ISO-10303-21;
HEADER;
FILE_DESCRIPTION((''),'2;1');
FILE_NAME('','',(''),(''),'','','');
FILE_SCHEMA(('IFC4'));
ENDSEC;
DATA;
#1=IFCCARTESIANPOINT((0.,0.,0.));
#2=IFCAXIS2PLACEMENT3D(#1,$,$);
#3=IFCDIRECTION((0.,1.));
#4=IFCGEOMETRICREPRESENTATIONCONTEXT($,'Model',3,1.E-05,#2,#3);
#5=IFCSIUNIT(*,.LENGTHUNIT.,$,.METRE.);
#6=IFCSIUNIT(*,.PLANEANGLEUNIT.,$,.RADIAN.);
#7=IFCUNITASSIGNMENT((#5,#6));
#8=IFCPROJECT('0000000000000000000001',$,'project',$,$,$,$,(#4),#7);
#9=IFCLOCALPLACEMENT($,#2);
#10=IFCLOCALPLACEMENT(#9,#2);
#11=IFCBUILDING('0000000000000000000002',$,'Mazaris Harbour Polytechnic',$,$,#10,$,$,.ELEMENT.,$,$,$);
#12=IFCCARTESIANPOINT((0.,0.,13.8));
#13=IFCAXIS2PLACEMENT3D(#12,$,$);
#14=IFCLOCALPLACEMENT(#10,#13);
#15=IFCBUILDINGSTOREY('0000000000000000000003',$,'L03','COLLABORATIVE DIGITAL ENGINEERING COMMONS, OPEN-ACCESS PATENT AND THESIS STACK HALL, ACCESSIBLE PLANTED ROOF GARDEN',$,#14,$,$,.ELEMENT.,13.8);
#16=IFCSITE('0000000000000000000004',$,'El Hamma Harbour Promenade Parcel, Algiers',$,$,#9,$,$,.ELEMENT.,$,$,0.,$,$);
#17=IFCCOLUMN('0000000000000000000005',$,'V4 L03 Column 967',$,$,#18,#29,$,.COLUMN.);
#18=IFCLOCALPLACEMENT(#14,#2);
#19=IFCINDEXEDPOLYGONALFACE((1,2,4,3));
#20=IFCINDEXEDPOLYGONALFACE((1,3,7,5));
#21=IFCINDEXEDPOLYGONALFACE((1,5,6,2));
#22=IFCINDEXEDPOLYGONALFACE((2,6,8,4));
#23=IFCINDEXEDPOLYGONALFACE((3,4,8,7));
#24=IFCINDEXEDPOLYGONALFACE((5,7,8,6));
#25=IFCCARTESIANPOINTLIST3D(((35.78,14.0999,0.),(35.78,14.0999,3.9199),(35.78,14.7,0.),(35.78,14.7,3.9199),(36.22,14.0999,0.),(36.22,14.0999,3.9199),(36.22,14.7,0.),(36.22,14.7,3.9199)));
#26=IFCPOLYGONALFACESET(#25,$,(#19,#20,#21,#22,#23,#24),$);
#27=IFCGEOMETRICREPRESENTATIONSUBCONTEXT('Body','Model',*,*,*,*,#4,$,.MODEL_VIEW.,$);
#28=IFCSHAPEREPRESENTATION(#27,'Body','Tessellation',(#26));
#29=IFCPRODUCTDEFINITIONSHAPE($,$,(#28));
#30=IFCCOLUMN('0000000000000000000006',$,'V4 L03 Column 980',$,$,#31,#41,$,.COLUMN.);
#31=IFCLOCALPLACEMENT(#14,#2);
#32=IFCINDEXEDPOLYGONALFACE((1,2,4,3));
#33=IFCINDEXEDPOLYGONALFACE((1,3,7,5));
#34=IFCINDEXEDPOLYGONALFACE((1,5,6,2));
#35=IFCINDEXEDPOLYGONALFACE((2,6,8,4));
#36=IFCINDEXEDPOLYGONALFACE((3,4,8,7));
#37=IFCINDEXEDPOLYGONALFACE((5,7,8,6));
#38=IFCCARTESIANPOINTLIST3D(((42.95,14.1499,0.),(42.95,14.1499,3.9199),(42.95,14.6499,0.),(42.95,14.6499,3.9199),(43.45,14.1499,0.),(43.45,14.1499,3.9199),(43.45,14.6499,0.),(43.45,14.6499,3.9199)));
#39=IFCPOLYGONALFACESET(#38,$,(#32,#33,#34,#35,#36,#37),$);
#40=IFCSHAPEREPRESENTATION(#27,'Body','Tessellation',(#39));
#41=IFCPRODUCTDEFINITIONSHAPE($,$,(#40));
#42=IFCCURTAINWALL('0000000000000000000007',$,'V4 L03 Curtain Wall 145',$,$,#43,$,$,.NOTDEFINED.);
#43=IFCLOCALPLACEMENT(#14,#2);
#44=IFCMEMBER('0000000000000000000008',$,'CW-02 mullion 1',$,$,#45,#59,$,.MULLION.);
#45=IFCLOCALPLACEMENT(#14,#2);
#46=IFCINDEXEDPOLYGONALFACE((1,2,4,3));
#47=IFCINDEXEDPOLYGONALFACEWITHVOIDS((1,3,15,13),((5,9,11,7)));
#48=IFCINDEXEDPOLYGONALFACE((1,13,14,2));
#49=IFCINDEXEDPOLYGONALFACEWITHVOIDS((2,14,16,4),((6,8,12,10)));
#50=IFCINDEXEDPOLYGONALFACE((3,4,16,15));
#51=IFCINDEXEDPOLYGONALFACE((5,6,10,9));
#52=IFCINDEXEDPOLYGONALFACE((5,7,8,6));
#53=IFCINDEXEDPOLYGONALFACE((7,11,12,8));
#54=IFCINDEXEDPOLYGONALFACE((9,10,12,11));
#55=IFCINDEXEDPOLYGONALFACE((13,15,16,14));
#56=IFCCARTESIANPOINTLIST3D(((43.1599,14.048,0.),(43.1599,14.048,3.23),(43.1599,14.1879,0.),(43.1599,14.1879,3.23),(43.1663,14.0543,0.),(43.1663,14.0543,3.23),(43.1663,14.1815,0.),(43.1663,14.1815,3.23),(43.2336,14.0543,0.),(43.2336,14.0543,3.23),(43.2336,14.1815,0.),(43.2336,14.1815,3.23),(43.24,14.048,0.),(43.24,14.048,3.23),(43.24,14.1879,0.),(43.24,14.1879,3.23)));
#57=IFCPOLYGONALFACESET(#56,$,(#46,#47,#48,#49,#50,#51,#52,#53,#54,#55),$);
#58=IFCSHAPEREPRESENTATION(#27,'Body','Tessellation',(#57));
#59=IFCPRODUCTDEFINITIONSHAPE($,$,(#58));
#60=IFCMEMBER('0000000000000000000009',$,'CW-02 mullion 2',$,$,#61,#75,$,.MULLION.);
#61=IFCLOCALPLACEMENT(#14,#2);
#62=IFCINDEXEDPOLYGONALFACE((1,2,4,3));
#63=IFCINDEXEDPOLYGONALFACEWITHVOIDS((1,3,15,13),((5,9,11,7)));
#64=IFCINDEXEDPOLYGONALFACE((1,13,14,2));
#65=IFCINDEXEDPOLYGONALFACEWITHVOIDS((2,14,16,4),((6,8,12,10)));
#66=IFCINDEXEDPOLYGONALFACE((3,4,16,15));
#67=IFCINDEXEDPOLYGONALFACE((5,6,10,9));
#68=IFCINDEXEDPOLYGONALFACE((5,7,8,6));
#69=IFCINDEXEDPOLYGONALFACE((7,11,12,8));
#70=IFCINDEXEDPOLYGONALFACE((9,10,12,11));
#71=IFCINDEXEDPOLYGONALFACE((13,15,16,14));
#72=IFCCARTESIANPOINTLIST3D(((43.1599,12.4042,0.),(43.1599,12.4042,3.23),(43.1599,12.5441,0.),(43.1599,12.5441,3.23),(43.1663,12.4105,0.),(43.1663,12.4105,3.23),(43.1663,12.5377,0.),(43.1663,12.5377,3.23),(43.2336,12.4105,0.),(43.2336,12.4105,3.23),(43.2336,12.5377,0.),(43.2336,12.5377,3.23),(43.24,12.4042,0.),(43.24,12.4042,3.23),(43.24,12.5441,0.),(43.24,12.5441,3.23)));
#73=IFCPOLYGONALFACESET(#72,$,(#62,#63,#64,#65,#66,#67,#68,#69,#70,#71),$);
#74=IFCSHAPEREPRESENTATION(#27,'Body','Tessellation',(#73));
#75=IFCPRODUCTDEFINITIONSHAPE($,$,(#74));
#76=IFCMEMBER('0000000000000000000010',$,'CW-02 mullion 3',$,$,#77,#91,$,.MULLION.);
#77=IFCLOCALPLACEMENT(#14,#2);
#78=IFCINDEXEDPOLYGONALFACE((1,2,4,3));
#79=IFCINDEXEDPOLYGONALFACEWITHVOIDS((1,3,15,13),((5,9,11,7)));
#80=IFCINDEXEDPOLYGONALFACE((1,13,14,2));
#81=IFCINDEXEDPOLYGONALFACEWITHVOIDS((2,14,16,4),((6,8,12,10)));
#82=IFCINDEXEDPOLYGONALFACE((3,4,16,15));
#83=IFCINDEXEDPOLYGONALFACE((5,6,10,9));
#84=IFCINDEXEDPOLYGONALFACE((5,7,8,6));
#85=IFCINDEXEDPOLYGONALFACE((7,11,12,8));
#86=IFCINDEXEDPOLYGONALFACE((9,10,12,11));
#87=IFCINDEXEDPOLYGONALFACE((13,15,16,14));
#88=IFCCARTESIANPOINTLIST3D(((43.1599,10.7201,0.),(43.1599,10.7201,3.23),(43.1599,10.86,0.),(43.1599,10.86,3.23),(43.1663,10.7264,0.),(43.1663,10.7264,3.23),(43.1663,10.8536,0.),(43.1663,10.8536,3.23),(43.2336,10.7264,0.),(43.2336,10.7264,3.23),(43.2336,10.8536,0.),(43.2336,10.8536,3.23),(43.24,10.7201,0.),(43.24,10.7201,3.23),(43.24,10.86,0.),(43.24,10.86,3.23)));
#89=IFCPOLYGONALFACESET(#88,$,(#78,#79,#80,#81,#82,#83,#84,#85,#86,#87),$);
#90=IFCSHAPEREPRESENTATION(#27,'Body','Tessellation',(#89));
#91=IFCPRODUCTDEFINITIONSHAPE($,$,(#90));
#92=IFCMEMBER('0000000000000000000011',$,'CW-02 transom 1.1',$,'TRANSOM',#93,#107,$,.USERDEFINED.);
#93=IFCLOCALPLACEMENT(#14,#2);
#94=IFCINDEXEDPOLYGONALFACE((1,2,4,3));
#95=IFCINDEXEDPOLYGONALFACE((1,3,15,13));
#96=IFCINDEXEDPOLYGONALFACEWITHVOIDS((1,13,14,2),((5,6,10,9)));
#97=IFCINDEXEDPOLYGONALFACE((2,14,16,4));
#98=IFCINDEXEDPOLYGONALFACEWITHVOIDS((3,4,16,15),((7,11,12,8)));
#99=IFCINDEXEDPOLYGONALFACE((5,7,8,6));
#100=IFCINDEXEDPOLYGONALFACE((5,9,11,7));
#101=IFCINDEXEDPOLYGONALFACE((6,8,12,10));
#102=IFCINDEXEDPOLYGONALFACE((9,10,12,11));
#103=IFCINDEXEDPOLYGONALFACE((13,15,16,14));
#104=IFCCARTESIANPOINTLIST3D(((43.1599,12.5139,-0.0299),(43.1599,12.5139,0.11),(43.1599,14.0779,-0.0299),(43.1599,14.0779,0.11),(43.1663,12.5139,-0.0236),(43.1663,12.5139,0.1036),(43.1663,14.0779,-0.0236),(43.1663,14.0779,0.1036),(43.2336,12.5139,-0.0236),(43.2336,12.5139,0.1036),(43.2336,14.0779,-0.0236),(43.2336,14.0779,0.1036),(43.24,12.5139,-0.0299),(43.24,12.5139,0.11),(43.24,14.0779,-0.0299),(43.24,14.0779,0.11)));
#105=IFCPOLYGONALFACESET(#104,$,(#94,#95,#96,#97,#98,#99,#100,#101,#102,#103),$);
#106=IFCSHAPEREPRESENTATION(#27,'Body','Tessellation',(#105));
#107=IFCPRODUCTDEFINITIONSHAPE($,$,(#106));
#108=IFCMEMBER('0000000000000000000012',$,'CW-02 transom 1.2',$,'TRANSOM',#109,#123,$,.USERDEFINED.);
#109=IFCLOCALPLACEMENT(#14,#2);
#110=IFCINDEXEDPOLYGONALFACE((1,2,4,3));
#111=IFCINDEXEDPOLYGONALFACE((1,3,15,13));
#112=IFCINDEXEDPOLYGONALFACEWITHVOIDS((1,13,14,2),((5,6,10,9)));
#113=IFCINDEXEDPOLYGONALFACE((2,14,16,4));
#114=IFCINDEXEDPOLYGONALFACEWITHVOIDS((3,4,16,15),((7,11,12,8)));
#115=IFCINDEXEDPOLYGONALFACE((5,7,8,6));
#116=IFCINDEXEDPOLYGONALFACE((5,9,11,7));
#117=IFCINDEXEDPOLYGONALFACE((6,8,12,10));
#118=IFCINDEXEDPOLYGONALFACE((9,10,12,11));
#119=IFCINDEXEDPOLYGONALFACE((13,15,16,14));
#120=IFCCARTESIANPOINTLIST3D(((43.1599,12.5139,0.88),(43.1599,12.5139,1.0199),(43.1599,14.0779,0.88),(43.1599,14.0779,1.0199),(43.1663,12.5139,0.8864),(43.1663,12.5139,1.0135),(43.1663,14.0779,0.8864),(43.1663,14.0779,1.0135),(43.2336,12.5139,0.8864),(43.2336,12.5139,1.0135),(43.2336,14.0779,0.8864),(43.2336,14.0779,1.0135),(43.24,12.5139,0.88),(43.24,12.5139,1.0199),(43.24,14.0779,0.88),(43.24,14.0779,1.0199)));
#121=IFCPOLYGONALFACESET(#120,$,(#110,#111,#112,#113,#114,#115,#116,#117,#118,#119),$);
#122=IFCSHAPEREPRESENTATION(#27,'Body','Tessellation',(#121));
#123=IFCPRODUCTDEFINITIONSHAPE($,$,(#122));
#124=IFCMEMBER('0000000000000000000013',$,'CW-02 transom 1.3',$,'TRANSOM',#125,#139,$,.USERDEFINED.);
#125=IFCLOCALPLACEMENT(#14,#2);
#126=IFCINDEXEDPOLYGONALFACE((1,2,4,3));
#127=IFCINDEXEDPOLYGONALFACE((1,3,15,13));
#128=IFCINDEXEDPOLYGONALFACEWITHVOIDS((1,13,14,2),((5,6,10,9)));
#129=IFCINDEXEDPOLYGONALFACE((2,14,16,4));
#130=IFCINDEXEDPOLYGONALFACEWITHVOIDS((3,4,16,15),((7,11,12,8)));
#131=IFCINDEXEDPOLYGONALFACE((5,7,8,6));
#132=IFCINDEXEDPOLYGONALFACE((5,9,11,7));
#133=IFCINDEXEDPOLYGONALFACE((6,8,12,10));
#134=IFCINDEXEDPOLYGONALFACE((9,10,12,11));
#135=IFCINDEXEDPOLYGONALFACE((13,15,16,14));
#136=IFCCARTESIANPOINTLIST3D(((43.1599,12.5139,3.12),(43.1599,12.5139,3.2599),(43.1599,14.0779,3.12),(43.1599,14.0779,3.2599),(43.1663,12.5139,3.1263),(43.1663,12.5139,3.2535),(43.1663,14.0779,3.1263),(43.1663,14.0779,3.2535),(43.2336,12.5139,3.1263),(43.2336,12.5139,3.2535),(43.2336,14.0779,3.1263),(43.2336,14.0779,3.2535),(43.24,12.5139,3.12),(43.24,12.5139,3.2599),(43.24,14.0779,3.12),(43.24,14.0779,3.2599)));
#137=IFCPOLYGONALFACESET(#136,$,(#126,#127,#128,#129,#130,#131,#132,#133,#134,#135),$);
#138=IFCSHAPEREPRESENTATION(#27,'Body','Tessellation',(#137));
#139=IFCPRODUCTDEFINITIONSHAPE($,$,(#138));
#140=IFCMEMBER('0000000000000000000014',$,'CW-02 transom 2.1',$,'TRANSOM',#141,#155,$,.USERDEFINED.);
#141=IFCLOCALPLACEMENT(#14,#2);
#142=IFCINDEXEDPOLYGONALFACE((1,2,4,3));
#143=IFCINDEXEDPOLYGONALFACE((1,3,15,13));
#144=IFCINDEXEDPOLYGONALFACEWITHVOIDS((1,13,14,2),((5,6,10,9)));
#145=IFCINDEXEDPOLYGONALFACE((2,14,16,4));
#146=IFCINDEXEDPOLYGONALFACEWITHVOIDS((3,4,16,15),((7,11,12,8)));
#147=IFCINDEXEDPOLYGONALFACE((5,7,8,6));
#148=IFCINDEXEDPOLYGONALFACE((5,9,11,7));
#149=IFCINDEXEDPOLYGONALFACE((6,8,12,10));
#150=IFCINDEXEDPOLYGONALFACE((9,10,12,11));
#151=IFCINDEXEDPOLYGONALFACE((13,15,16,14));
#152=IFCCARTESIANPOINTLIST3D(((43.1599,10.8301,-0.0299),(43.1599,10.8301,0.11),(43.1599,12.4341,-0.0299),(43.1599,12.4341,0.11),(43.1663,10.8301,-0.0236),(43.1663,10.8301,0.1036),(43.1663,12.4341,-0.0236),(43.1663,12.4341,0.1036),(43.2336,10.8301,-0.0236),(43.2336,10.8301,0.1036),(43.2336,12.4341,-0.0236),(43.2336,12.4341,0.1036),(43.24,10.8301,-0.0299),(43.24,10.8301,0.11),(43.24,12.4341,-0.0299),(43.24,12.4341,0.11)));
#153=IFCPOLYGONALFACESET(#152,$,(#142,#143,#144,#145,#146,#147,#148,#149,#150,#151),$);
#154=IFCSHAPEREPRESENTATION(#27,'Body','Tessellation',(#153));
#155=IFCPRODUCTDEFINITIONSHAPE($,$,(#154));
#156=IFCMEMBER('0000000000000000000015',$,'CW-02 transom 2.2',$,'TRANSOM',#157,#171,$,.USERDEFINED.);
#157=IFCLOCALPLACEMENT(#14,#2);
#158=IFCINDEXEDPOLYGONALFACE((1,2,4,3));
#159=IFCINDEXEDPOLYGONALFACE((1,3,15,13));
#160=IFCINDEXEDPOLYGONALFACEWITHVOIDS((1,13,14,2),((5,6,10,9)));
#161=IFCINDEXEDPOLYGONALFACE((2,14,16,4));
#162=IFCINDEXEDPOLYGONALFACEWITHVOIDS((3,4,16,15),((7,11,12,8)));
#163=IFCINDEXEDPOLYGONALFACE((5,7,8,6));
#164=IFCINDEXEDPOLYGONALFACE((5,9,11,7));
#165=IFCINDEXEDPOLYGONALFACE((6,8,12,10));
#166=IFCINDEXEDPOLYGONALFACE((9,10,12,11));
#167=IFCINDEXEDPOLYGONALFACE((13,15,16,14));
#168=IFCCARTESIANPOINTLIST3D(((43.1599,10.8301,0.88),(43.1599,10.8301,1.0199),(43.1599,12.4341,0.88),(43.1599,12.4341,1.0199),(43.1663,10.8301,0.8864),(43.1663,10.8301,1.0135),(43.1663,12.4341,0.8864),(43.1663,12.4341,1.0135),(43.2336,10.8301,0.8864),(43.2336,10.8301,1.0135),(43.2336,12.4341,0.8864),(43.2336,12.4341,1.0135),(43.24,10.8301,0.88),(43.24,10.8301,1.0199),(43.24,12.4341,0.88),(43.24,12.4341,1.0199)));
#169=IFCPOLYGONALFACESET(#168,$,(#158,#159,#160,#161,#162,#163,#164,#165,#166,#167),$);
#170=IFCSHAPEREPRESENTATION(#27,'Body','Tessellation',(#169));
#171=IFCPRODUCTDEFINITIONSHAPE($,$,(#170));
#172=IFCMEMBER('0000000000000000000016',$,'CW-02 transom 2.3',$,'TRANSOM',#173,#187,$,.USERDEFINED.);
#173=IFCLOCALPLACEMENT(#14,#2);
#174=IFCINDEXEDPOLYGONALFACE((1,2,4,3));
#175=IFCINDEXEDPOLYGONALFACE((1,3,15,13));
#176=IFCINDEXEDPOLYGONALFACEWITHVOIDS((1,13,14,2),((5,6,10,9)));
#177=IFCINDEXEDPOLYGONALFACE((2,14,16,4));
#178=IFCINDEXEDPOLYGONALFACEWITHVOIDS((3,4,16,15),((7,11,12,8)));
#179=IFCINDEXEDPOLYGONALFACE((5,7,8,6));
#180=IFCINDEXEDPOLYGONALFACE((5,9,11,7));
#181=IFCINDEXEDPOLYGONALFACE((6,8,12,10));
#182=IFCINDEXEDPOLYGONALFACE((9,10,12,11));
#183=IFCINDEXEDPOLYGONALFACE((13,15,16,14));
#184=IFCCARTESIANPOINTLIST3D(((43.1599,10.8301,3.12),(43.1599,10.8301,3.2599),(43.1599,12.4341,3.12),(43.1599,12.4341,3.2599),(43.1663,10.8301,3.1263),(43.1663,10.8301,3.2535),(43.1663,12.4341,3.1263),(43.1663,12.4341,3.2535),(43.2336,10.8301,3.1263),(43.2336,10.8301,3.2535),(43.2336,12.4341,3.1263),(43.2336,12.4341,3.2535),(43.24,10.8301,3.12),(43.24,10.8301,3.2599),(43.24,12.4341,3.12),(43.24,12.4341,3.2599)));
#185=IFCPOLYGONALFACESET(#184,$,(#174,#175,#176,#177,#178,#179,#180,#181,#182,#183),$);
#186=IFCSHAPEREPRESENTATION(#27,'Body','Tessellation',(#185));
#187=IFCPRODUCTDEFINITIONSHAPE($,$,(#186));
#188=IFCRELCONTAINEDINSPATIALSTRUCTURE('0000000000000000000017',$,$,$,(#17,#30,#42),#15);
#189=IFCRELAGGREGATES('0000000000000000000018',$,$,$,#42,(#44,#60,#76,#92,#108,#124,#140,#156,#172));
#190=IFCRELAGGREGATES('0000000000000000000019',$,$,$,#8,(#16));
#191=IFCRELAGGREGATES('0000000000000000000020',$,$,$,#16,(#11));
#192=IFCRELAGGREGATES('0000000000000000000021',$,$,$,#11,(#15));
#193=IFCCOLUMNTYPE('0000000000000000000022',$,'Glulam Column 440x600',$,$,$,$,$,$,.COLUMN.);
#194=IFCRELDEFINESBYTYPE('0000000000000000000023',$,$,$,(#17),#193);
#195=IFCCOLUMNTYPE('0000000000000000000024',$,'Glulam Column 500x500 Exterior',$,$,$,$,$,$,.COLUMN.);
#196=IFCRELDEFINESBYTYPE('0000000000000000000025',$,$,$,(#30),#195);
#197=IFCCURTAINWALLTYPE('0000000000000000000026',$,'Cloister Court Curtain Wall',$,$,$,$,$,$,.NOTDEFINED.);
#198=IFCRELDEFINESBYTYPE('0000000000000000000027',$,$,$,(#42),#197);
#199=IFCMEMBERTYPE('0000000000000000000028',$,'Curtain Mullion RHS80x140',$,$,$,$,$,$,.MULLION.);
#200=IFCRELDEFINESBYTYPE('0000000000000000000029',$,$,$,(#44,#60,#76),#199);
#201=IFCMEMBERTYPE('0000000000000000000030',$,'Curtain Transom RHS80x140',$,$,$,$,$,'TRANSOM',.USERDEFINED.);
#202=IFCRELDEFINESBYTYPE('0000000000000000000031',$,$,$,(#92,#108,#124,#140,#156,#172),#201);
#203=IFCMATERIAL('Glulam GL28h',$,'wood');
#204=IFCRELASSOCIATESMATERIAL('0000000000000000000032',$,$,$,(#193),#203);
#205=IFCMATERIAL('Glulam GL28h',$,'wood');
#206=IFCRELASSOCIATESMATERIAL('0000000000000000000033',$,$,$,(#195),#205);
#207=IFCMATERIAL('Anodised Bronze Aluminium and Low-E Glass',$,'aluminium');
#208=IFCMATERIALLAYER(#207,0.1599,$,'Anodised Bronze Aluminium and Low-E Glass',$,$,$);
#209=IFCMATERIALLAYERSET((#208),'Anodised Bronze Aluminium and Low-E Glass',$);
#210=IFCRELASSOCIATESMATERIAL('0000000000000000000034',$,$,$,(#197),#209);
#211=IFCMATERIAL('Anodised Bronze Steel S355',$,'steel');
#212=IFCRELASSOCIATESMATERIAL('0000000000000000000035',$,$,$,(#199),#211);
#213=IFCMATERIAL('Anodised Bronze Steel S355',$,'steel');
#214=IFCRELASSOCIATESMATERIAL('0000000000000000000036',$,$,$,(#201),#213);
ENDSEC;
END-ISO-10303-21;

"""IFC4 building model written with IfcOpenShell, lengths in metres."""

from ifc_helpers import new_model, si_unit, direction, frame, origin, origin_2d, place, context, subcontext, project, spatial, rectangle, hollow_rectangle, extrude, material, layer, layer_set, material_profile, profile_set, type_object, element, aggregate, save


model = new_model("IFC4")

# Units and contexts
model_context = context("Model", 3, precision=1e-05, world=origin(), true_north=direction((0.0, 1.0)))
body_context = subcontext(model_context, "Body", "Model", "MODEL_VIEW")
ifc_project = project(units=[si_unit("LENGTHUNIT", "METRE"), si_unit("PLANEANGLEUNIT", "RADIAN")], contexts=[model_context])

# Site, building, storey
site_placement = place(None, origin())
site = spatial("IfcSite", under=ifc_project, at=site_placement, Name="El Hamma Harbour Promenade Parcel, Algiers", CompositionType="ELEMENT", RefElevation=0.0)
building_placement = place(site_placement, origin())
building = spatial("IfcBuilding", under=site, at=building_placement, Name="Mazaris Harbour Polytechnic", CompositionType="ELEMENT")
storey_placement = place(building_placement, frame((0.0, 0.0, 13.8)))
storey = spatial("IfcBuildingStorey", under=building, at=storey_placement, Name="L03", Description="COLLABORATIVE DIGITAL ENGINEERING COMMONS, OPEN-ACCESS PATENT AND THESIS STACK HALL, ACCESSIBLE PLANTED ROOF GARDEN", CompositionType="ELEMENT", Elevation=13.8)

# Columns
ifc_material_1 = material(Name="Glulam GL28h", Category="wood")
ifc_material_profile_1 = material_profile(ifc_material_1, rectangle(XDim=0.4399, YDim=0.6001, at=origin_2d()), Name="RECT440x600")
ifc_profile_set_1 = profile_set([ifc_material_profile_1], Name="Glulam GL28h")
column_type_1 = type_object("IfcColumnType", Name="Glulam Column 440x600", PredefinedType="COLUMN", material=ifc_profile_set_1)
column_1_placement = place(storey_placement, frame((36.0, 14.3999, 0.0), z_axis=(0.0, 0.0, 1.0), x_axis=(1.0, 0.0, 0.0)))
element("IfcColumn", 1, at=column_1_placement, inside=storey, type_object=column_type_1, Name="V4 L03 Column 967", PredefinedType="COLUMN", context=body_context, shape_type="SweptSolid", body=[
    extrude(rectangle(XDim=0.4399, YDim=0.6001, at=origin_2d()), origin(), (0.0, 0.0, 1.0), 3.9199),
])
ifc_material_2 = material(Name="Glulam GL28h", Category="wood")
ifc_material_profile_2 = material_profile(ifc_material_2, rectangle(XDim=0.5, YDim=0.5, at=origin_2d()), Name="RECT500x500")
ifc_profile_set_2 = profile_set([ifc_material_profile_2], Name="Glulam GL28h")
column_type_2 = type_object("IfcColumnType", Name="Glulam Column 500x500 Exterior", PredefinedType="COLUMN", material=ifc_profile_set_2)
column_2_placement = place(storey_placement, frame((43.2, 14.3999, 0.0), z_axis=(0.0, 0.0, 1.0), x_axis=(1.0, 0.0, 0.0)))
element("IfcColumn", 2, at=column_2_placement, inside=storey, type_object=column_type_2, Name="V4 L03 Column 980", PredefinedType="COLUMN", context=body_context, shape_type="SweptSolid", body=[
    extrude(rectangle(XDim=0.5, YDim=0.5, at=origin_2d()), origin(), (0.0, 0.0, 1.0), 3.9199),
])

# Curtain wall, members
ifc_material_3 = material(Name="Anodised Bronze Aluminium and Low-E Glass", Category="aluminium")
ifc_layer_1 = layer(ifc_material_3, 0.1599, Name="Anodised Bronze Aluminium and Low-E Glass")
ifc_layer_set_1 = layer_set([ifc_layer_1], Name="Anodised Bronze Aluminium and Low-E Glass")
curtain_wall_type = type_object("IfcCurtainWallType", Name="Cloister Court Curtain Wall", PredefinedType="NOTDEFINED", material=ifc_layer_set_1)
curtain_wall_placement = place(storey_placement, origin())
curtain_wall = element("IfcCurtainWall", 3, at=curtain_wall_placement, inside=storey, type_object=curtain_wall_type, Name="V4 L03 Curtain Wall 145", PredefinedType="NOTDEFINED")
ifc_material_4 = material(Name="Anodised Bronze Steel S355", Category="steel")
ifc_material_profile_3 = material_profile(ifc_material_4, hollow_rectangle(XDim=0.0801, YDim=0.1399, WallThickness=0.0063, at=origin_2d()), Name="RHS 80x140x6.3")
ifc_profile_set_3 = profile_set([ifc_material_profile_3], Name="Anodised Bronze Steel S355")
member_type_1 = type_object("IfcMemberType", Name="Curtain Mullion RHS80x140", PredefinedType="MULLION", material=ifc_profile_set_3)
member_1_placement = place(storey_placement, frame((43.2, 14.1179, 0.0), z_axis=(0.0, 0.0, 1.0), x_axis=(1.0, 0.0, 0.0)))
member_1 = element("IfcMember", 4, at=member_1_placement, type_object=member_type_1, Name="CW-02 mullion 1", PredefinedType="MULLION", context=body_context, shape_type="SweptSolid", body=[
    extrude(hollow_rectangle(XDim=0.0801, YDim=0.1399, WallThickness=0.0063, at=origin_2d()), origin(), (0.0, 0.0, 1.0), 3.23),
])
member_2_placement = place(storey_placement, frame((43.2, 12.4741, 0.0), z_axis=(0.0, 0.0, 1.0), x_axis=(1.0, 0.0, 0.0)))
member_2 = element("IfcMember", 5, at=member_2_placement, type_object=member_type_1, Name="CW-02 mullion 2", PredefinedType="MULLION", context=body_context, shape_type="SweptSolid", body=[
    extrude(hollow_rectangle(XDim=0.0801, YDim=0.1399, WallThickness=0.0063, at=origin_2d()), origin(), (0.0, 0.0, 1.0), 3.23),
])
member_3_placement = place(storey_placement, frame((43.2, 10.79, 0.0), z_axis=(0.0, 0.0, 1.0), x_axis=(1.0, 0.0, 0.0)))
member_3 = element("IfcMember", 6, at=member_3_placement, type_object=member_type_1, Name="CW-02 mullion 3", PredefinedType="MULLION", context=body_context, shape_type="SweptSolid", body=[
    extrude(hollow_rectangle(XDim=0.0801, YDim=0.1399, WallThickness=0.0063, at=origin_2d()), origin(), (0.0, 0.0, 1.0), 3.23),
])
ifc_material_5 = material(Name="Anodised Bronze Steel S355", Category="steel")
ifc_material_profile_4 = material_profile(ifc_material_5, hollow_rectangle(XDim=0.0801, YDim=0.1399, WallThickness=0.0063, at=origin_2d()), Name="RHS 80x140x6.3")
ifc_profile_set_4 = profile_set([ifc_material_profile_4], Name="Anodised Bronze Steel S355")
member_type_2 = type_object("IfcMemberType", Name="Curtain Transom RHS80x140", ElementType="TRANSOM", PredefinedType="USERDEFINED", material=ifc_profile_set_4)
member_4_placement = place(storey_placement, frame((43.2, 14.0779, 0.04), z_axis=(0.0, -1.0, 0.0), x_axis=(1.0, 0.0, 0.0)))
member_4 = element("IfcMember", 7, at=member_4_placement, type_object=member_type_2, Name="CW-02 transom 1.1", ObjectType="TRANSOM", PredefinedType="USERDEFINED", context=body_context, shape_type="SweptSolid", body=[
    extrude(hollow_rectangle(XDim=0.0801, YDim=0.1399, WallThickness=0.0063, at=origin_2d()), origin(), (0.0, 0.0, 1.0), 1.564),
])
member_5_placement = place(storey_placement, frame((43.2, 14.0779, 0.95), z_axis=(0.0, -1.0, 0.0), x_axis=(1.0, 0.0, 0.0)))
member_5 = element("IfcMember", 8, at=member_5_placement, type_object=member_type_2, Name="CW-02 transom 1.2", ObjectType="TRANSOM", PredefinedType="USERDEFINED", context=body_context, shape_type="SweptSolid", body=[
    extrude(hollow_rectangle(XDim=0.0801, YDim=0.1399, WallThickness=0.0063, at=origin_2d()), origin(), (0.0, 0.0, 1.0), 1.564),
])
member_6_placement = place(storey_placement, frame((43.2, 14.0779, 3.1899), z_axis=(0.0, -1.0, 0.0), x_axis=(1.0, 0.0, 0.0)))
member_6 = element("IfcMember", 9, at=member_6_placement, type_object=member_type_2, Name="CW-02 transom 1.3", ObjectType="TRANSOM", PredefinedType="USERDEFINED", context=body_context, shape_type="SweptSolid", body=[
    extrude(hollow_rectangle(XDim=0.0801, YDim=0.1399, WallThickness=0.0063, at=origin_2d()), origin(), (0.0, 0.0, 1.0), 1.564),
])
member_7_placement = place(storey_placement, frame((43.2, 12.4341, 0.04), z_axis=(0.0, -1.0, 0.0), x_axis=(1.0, 0.0, 0.0)))
member_7 = element("IfcMember", 10, at=member_7_placement, type_object=member_type_2, Name="CW-02 transom 2.1", ObjectType="TRANSOM", PredefinedType="USERDEFINED", context=body_context, shape_type="SweptSolid", body=[
    extrude(hollow_rectangle(XDim=0.0801, YDim=0.1399, WallThickness=0.0063, at=origin_2d()), origin(), (0.0, 0.0, 1.0), 1.604),
])
member_8_placement = place(storey_placement, frame((43.2, 12.4341, 0.95), z_axis=(0.0, -1.0, 0.0), x_axis=(1.0, 0.0, 0.0)))
member_8 = element("IfcMember", 11, at=member_8_placement, type_object=member_type_2, Name="CW-02 transom 2.2", ObjectType="TRANSOM", PredefinedType="USERDEFINED", context=body_context, shape_type="SweptSolid", body=[
    extrude(hollow_rectangle(XDim=0.0801, YDim=0.1399, WallThickness=0.0063, at=origin_2d()), origin(), (0.0, 0.0, 1.0), 1.604),
])
member_9_placement = place(storey_placement, frame((43.2, 12.4341, 3.1899), z_axis=(0.0, -1.0, 0.0), x_axis=(1.0, 0.0, 0.0)))
member_9 = element("IfcMember", 12, at=member_9_placement, type_object=member_type_2, Name="CW-02 transom 2.3", ObjectType="TRANSOM", PredefinedType="USERDEFINED", context=body_context, shape_type="SweptSolid", body=[
    extrude(hollow_rectangle(XDim=0.0801, YDim=0.1399, WallThickness=0.0063, at=origin_2d()), origin(), (0.0, 0.0, 1.0), 1.604),
])

aggregate(curtain_wall, [member_1, member_2, member_3, member_4, member_5, member_6, member_7, member_8, member_9])

save(model, "model.ifc")
